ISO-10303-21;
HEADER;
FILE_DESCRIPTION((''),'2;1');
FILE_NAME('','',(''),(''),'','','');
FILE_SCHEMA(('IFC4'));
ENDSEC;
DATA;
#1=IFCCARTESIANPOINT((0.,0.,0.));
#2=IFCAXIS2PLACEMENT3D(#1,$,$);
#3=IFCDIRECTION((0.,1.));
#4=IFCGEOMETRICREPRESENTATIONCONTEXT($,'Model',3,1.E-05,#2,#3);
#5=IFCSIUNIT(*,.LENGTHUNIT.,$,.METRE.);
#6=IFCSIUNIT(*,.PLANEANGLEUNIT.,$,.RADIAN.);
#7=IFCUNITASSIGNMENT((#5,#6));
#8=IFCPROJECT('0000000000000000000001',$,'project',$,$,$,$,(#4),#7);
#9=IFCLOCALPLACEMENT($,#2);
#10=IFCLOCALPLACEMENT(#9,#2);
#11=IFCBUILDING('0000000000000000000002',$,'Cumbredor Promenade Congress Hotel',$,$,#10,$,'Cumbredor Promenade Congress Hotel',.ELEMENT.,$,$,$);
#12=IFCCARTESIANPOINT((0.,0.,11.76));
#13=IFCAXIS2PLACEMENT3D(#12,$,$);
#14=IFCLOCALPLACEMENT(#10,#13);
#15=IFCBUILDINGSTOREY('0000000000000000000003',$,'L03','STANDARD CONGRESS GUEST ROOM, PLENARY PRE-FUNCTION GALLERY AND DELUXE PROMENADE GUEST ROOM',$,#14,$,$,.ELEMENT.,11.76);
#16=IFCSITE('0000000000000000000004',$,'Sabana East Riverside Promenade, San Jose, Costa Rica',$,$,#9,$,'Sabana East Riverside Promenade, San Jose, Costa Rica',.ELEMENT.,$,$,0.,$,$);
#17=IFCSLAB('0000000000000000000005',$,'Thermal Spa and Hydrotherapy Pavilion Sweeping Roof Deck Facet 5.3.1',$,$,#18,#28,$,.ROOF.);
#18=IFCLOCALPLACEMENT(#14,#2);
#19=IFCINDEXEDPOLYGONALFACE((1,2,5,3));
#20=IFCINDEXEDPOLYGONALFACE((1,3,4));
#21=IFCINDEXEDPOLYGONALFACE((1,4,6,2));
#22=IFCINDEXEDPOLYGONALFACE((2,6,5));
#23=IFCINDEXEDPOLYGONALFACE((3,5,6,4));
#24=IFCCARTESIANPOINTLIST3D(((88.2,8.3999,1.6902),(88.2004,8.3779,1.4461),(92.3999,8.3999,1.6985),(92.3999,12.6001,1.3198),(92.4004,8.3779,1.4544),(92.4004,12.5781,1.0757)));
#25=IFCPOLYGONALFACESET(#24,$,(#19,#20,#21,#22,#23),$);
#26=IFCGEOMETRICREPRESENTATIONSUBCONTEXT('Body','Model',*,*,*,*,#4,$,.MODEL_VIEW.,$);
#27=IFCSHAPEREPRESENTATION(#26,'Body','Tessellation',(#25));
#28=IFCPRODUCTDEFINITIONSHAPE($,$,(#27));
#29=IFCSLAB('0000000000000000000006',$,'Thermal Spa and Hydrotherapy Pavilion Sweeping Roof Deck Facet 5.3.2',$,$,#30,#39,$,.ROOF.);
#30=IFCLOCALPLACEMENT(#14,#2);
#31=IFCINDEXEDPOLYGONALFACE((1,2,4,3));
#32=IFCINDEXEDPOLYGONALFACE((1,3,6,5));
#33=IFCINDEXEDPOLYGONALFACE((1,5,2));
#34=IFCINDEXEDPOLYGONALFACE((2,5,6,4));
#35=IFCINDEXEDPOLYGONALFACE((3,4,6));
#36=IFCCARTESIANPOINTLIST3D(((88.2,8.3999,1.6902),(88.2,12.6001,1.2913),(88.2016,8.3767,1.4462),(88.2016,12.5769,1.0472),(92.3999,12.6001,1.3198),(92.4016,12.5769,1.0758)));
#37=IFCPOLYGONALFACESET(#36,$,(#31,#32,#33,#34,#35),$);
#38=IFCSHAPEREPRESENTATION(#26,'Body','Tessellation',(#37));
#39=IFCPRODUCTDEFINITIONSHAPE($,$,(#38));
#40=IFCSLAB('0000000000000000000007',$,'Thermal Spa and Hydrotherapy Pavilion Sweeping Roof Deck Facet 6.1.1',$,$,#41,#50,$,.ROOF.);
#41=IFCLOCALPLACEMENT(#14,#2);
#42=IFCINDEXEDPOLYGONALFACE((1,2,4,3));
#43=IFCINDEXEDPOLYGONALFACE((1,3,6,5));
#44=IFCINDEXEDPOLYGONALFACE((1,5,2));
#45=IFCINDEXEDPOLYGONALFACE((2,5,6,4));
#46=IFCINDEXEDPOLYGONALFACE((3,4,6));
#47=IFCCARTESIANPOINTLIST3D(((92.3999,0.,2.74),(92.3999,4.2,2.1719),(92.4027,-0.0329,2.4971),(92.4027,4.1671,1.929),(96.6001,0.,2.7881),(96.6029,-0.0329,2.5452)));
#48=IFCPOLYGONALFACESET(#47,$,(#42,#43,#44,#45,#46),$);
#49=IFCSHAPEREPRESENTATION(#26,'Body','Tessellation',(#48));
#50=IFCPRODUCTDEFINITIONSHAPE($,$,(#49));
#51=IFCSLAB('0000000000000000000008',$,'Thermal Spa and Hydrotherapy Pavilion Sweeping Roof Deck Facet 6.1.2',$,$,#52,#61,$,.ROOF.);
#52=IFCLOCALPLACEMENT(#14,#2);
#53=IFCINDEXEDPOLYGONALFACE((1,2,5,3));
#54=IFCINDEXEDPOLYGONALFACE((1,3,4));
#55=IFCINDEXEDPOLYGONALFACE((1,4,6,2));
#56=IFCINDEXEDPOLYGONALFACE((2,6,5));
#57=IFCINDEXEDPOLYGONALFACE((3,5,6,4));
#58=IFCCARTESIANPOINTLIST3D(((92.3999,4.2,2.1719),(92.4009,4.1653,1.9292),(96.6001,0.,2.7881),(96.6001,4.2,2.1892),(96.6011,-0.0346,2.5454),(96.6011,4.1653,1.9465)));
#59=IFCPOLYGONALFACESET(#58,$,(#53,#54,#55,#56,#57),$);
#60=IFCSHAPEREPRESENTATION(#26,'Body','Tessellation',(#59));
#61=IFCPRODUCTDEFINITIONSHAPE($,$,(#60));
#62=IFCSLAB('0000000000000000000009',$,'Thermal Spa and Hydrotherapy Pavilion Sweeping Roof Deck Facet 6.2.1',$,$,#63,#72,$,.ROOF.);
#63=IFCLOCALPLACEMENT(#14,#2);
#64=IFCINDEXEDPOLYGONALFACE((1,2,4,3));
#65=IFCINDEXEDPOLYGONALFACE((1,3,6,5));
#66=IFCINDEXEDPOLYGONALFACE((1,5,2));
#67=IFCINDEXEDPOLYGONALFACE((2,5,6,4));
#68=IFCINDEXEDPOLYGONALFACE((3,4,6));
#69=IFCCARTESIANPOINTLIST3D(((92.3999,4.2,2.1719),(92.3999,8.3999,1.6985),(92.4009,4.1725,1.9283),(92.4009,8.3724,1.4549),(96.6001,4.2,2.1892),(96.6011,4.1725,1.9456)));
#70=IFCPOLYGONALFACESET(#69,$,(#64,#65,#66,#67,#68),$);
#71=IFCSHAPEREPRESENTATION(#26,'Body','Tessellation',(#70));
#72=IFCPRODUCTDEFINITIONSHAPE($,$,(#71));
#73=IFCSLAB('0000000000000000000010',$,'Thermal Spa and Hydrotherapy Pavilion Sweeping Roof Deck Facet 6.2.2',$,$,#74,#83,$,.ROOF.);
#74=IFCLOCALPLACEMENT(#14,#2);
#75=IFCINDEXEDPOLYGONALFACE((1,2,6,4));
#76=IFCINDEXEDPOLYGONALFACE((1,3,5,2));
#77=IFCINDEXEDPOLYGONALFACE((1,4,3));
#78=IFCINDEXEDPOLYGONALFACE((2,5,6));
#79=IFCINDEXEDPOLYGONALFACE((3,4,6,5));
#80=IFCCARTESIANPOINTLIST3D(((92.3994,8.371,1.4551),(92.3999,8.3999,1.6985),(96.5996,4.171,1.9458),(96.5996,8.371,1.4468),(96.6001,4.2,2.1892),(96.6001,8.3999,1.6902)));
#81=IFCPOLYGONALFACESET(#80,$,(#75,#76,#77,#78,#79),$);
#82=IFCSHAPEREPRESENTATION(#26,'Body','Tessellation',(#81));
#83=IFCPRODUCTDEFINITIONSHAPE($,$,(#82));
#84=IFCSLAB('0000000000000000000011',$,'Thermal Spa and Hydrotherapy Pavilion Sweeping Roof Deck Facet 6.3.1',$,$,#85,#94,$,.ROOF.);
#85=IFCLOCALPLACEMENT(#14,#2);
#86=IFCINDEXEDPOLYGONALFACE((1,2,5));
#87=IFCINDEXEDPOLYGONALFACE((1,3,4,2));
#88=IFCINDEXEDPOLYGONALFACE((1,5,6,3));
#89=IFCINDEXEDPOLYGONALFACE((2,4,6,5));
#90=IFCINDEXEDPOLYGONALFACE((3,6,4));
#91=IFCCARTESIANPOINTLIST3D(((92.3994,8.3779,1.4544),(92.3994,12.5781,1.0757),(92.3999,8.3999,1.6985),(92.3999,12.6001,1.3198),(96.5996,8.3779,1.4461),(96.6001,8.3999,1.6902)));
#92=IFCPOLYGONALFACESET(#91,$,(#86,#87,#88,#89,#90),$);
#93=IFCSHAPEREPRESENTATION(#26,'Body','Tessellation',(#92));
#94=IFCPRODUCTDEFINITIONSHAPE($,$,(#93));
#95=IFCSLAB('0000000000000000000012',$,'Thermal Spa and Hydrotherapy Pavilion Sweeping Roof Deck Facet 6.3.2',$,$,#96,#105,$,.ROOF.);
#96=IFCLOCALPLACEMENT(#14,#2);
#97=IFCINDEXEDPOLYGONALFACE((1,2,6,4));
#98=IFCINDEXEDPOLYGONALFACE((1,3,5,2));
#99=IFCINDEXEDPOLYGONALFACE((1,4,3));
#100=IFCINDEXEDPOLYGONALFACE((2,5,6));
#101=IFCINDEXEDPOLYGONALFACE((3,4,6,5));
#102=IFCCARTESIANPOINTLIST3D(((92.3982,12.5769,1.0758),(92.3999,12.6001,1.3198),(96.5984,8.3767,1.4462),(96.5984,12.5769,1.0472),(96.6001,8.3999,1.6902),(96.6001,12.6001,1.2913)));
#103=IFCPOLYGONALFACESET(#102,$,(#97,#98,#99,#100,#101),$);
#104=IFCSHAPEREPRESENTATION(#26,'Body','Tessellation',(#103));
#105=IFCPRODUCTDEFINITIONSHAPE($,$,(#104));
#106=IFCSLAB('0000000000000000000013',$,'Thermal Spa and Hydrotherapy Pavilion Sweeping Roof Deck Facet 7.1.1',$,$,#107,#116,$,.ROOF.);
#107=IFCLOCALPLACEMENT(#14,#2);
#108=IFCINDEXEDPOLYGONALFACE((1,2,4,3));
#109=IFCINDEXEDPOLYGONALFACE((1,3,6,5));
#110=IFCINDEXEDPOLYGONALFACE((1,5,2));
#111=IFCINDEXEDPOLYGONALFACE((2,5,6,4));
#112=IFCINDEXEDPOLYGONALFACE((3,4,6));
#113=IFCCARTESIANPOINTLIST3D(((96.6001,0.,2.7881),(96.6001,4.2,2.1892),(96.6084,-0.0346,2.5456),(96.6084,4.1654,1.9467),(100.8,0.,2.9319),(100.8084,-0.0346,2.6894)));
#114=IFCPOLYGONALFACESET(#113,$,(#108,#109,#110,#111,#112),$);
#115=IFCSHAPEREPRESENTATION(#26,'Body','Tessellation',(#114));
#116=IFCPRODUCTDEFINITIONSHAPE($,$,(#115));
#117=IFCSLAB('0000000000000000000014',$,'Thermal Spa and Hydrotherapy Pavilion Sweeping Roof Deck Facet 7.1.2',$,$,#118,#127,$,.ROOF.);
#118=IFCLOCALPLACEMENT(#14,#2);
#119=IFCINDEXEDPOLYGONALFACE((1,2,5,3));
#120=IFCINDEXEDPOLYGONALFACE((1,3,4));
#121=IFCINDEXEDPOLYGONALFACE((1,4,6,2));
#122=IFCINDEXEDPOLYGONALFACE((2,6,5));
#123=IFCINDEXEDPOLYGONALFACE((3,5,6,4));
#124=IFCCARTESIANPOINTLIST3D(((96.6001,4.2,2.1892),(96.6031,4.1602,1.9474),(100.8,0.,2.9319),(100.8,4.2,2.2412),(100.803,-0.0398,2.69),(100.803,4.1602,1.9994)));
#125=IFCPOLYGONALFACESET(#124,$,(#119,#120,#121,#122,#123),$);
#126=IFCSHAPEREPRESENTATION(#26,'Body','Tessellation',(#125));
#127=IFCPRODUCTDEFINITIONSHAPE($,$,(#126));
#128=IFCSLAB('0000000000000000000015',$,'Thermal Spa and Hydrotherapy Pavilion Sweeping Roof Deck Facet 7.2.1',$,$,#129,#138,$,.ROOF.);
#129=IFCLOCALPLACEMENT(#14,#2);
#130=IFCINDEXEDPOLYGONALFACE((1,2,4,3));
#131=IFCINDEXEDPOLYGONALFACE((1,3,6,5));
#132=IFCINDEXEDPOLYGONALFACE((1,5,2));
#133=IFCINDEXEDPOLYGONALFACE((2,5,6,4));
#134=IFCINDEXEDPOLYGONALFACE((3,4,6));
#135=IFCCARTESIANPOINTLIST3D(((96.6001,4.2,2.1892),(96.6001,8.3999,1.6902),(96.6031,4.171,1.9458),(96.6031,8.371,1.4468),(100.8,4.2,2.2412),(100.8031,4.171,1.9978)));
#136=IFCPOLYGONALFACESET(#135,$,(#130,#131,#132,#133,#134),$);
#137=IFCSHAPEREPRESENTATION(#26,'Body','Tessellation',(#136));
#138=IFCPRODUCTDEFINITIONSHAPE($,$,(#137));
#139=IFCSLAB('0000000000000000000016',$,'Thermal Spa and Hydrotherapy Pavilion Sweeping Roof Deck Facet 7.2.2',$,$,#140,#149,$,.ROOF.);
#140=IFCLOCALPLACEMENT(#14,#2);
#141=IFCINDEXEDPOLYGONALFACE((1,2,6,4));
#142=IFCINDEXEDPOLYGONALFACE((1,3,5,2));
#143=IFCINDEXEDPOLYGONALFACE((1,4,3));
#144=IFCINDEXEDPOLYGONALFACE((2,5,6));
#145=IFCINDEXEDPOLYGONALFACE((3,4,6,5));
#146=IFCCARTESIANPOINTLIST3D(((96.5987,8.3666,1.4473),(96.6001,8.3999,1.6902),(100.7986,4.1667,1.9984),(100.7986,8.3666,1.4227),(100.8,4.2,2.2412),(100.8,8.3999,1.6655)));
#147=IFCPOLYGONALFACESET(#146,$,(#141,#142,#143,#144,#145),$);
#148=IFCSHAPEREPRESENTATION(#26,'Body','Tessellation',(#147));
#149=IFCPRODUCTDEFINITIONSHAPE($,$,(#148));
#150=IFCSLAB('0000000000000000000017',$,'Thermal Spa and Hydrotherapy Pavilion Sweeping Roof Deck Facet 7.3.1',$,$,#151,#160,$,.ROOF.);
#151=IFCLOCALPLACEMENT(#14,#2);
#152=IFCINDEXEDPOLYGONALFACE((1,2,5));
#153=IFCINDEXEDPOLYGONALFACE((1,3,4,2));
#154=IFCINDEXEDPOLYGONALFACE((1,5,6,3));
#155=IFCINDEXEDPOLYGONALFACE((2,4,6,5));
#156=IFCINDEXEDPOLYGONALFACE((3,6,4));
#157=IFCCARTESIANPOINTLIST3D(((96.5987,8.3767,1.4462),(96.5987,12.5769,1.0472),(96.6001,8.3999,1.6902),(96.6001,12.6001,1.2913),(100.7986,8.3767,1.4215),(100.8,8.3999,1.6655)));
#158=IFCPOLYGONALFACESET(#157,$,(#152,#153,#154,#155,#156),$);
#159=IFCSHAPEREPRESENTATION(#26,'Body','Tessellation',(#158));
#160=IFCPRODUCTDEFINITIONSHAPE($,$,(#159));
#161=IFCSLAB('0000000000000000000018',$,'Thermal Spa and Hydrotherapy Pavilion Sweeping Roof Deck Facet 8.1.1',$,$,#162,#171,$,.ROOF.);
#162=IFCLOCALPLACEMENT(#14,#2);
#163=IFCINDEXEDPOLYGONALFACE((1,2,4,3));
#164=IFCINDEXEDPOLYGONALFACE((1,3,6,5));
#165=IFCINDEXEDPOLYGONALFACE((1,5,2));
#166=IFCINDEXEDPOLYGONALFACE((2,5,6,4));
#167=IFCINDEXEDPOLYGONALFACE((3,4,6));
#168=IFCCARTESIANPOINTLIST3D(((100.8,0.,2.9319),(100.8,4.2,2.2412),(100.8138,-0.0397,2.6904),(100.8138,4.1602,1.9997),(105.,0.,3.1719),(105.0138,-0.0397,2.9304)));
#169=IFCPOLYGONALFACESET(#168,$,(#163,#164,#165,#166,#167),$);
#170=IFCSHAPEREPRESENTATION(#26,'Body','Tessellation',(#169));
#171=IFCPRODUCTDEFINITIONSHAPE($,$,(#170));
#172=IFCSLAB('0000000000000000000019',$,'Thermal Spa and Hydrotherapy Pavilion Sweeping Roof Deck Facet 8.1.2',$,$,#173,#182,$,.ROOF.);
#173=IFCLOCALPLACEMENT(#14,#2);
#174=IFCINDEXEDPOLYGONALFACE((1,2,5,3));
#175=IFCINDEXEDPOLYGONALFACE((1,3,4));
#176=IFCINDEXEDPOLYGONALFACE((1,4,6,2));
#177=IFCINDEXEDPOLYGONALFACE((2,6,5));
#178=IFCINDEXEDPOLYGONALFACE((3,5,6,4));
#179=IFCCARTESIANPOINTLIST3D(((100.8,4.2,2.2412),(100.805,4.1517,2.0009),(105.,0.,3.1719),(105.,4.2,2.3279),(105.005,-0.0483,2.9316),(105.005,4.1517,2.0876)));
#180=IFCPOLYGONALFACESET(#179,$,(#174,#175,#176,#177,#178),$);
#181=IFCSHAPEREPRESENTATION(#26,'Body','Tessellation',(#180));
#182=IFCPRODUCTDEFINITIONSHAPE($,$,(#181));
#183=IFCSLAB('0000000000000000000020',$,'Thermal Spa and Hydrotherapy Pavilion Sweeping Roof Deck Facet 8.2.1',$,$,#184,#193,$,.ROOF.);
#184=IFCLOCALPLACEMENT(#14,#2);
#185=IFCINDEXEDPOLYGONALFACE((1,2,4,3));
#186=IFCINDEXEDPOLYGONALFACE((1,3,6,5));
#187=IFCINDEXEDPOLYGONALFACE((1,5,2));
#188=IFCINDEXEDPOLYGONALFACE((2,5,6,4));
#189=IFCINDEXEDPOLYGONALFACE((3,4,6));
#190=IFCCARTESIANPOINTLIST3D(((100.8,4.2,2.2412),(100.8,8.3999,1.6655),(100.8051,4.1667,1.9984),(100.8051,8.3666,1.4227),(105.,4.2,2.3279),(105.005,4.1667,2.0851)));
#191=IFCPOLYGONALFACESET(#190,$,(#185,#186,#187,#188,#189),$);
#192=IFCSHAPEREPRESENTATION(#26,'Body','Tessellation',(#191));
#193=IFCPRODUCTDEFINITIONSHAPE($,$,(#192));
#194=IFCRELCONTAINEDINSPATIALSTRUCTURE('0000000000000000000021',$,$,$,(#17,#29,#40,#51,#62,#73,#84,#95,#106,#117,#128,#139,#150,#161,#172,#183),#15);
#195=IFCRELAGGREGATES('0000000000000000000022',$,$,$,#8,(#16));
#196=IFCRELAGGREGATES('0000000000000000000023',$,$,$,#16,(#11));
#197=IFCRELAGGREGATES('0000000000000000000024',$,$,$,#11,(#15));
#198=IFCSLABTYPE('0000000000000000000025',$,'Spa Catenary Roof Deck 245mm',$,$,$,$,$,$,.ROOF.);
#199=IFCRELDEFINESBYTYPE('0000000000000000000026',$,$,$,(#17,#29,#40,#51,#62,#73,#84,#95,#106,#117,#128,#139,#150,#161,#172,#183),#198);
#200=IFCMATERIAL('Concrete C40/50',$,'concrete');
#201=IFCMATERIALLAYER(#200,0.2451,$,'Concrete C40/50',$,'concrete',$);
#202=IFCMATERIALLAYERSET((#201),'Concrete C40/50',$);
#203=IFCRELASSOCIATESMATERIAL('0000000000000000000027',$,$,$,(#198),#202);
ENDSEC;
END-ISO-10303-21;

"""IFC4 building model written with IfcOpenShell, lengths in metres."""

from ifc_helpers import new_model, si_unit, direction, frame, origin, place, context, subcontext, project, spatial, polyline, outline, extrude, material, layer, layer_set, type_object, element, save


model = new_model("IFC4")

# Units and contexts
model_context = context("Model", 3, precision=1e-05, world=origin(), true_north=direction((0.0, 1.0)))
body_context = subcontext(model_context, "Body", "Model", "MODEL_VIEW")
ifc_project = project(units=[si_unit("LENGTHUNIT", "METRE"), si_unit("PLANEANGLEUNIT", "RADIAN")], contexts=[model_context])

# Site, building, storey
site_placement = place(None, origin())
site = spatial("IfcSite", under=ifc_project, at=site_placement, Name="Sabana East Riverside Promenade, San Jose, Costa Rica", LongName="Sabana East Riverside Promenade, San Jose, Costa Rica", CompositionType="ELEMENT", RefElevation=0.0)
building_placement = place(site_placement, origin())
building = spatial("IfcBuilding", under=site, at=building_placement, Name="Cumbredor Promenade Congress Hotel", LongName="Cumbredor Promenade Congress Hotel", CompositionType="ELEMENT")
storey_placement = place(building_placement, frame((0.0, 0.0, 11.76)))
storey = spatial("IfcBuildingStorey", under=building, at=storey_placement, Name="L03", Description="STANDARD CONGRESS GUEST ROOM, PLENARY PRE-FUNCTION GALLERY AND DELUXE PROMENADE GUEST ROOM", CompositionType="ELEMENT", Elevation=11.76)

# Slabs
ifc_material_1 = material(Name="Concrete C40/50", Category="concrete")
ifc_layer_1 = layer(ifc_material_1, 0.2451, Name="Concrete C40/50", Category="concrete")
ifc_layer_set_1 = layer_set([ifc_layer_1], Name="Concrete C40/50")
slab_type = type_object("IfcSlabType", Name="Spa Catenary Roof Deck 245mm", PredefinedType="ROOF", material=ifc_layer_set_1)
slab_1_placement = place(storey_placement, frame((88.2, 8.3999, 1.6902), z_axis=(-0.001968, 0.089789, 0.995959), x_axis=(0.999998, 0.0, 0.001976)))
element("IfcSlab", 1, at=slab_1_placement, inside=storey, type_object=slab_type, Name="Thermal Spa and Hydrotherapy Pavilion Sweeping Roof Deck Facet 5.3.1", PredefinedType="ROOF", context=body_context, shape_type="SweptSolid", body=[
    extrude(outline(polyline([(0.0, 0.0), (4.2, 0.0), (4.1992, 4.2172), (0.0, 0.0)])), origin(), (0.0, 0.0, -1.0), 0.2451),
])
slab_2_placement = place(storey_placement, frame((88.2, 8.3999, 1.6902), z_axis=(-0.006771, 0.09455, 0.995497), x_axis=(0.705716, 0.705757, -0.062232)))
element("IfcSlab", 2, at=slab_2_placement, inside=storey, type_object=slab_type, Name="Thermal Spa and Hydrotherapy Pavilion Sweeping Roof Deck Facet 5.3.2", PredefinedType="ROOF", context=body_context, shape_type="SweptSolid", body=[
    extrude(outline(polyline([(0.0, 0.0), (5.9513, 0.0), (2.9891, 2.9776), (0.0, 0.0)])), origin(), (0.0, 0.0, -1.0), 0.2451),
])
slab_3_placement = place(storey_placement, frame((92.3999, 0.0, 2.74), z_axis=(-0.011347, 0.134038, 0.990911), x_axis=(0.999934, 0.0, 0.01145)))
element("IfcSlab", 3, at=slab_3_placement, inside=storey, type_object=slab_type, Name="Thermal Spa and Hydrotherapy Pavilion Sweeping Roof Deck Facet 6.1.1", PredefinedType="ROOF", context=body_context, shape_type="SweptSolid", body=[
    extrude(outline(polyline([(0.0, 0.0), (4.2005, 0.0), (-0.0065, 4.2382), (0.0, 0.0)])), origin(), (0.0, 0.0, -1.0), 0.2451),
])
slab_4_placement = place(storey_placement, frame((96.6001, 0.0, 2.7881), z_axis=(-0.004086, 0.141162, 0.989978), x_axis=(0.0, 0.989986, -0.141164)))
element("IfcSlab", 4, at=slab_4_placement, inside=storey, type_object=slab_type, Name="Thermal Spa and Hydrotherapy Pavilion Sweeping Roof Deck Facet 6.1.2", PredefinedType="ROOF", context=body_context, shape_type="SweptSolid", body=[
    extrude(outline(polyline([(0.0, 0.0), (4.2424, 0.0), (4.2449, 4.2002), (0.0, 0.0)])), origin(), (0.0, 0.0, -1.0), 0.2451),
])
slab_5_placement = place(storey_placement, frame((92.3999, 4.2, 2.1719), z_axis=(-0.004101, 0.112003, 0.993699), x_axis=(0.999991, 0.0, 0.004127)))
element("IfcSlab", 5, at=slab_5_placement, inside=storey, type_object=slab_type, Name="Thermal Spa and Hydrotherapy Pavilion Sweeping Roof Deck Facet 6.2.1", PredefinedType="ROOF", context=body_context, shape_type="SweptSolid", body=[
    extrude(outline(polyline([(0.0, 0.0), (4.2002, 0.0), (-0.002, 4.2265), (0.0, 0.0)])), origin(), (0.0, 0.0, -1.0), 0.2451),
])
slab_6_placement = place(storey_placement, frame((96.6001, 4.2, 2.1892), z_axis=(0.001962, 0.117986, 0.993013), x_axis=(0.0, 0.993015, -0.117987)))
element("IfcSlab", 6, at=slab_6_placement, inside=storey, type_object=slab_type, Name="Thermal Spa and Hydrotherapy Pavilion Sweeping Roof Deck Facet 6.2.2", PredefinedType="ROOF", context=body_context, shape_type="SweptSolid", body=[
    extrude(outline(polyline([(0.0, 0.0), (4.2295, 0.0), (4.2285, 4.2002), (0.0, 0.0)])), origin(), (0.0, 0.0, -1.0), 0.2451),
])
slab_7_placement = place(storey_placement, frame((92.3999, 8.3999, 1.6985), z_axis=(0.001968, 0.089789, 0.995959), x_axis=(0.999998, 0.0, -0.001976)))
element("IfcSlab", 7, at=slab_7_placement, inside=storey, type_object=slab_type, Name="Thermal Spa and Hydrotherapy Pavilion Sweeping Roof Deck Facet 6.3.1", PredefinedType="ROOF", context=body_context, shape_type="SweptSolid", body=[
    extrude(outline(polyline([(0.0, 0.0), (4.2002, 0.0), (0.0007, 4.2172), (0.0, 0.0)])), origin(), (0.0, 0.0, -1.0), 0.2451),
])
slab_8_placement = place(storey_placement, frame((96.6001, 8.3999, 1.6902), z_axis=(0.00677, 0.09455, 0.995497), x_axis=(0.0, 0.99552, -0.094552)))
element("IfcSlab", 8, at=slab_8_placement, inside=storey, type_object=slab_type, Name="Thermal Spa and Hydrotherapy Pavilion Sweeping Roof Deck Facet 6.3.2", PredefinedType="ROOF", context=body_context, shape_type="SweptSolid", body=[
    extrude(outline(polyline([(0.0, 0.0), (4.2191, 0.0), (4.2164, 4.2003), (0.0, 0.0)])), origin(), (0.0, 0.0, -1.0), 0.2451),
])
slab_9_placement = place(storey_placement, frame((96.6001, 0.0, 2.7881), z_axis=(-0.033876, 0.141083, 0.989418), x_axis=(0.999414, 0.0, 0.034218)))
element("IfcSlab", 9, at=slab_9_placement, inside=storey, type_object=slab_type, Name="Thermal Spa and Hydrotherapy Pavilion Sweeping Roof Deck Facet 7.1.1", PredefinedType="ROOF", context=body_context, shape_type="SweptSolid", body=[
    extrude(outline(polyline([(0.0, 0.0), (4.2024, 0.0), (-0.0205, 4.2424), (0.0, 0.0)])), origin(), (0.0, 0.0, -1.0), 0.2451),
])
slab_10_placement = place(storey_placement, frame((100.8, 0.0, 2.9319), z_axis=(-0.012217, 0.162256, 0.986673), x_axis=(0.0, 0.986747, -0.162269)))
element("IfcSlab", 10, at=slab_10_placement, inside=storey, type_object=slab_type, Name="Thermal Spa and Hydrotherapy Pavilion Sweeping Roof Deck Facet 7.1.2", PredefinedType="ROOF", context=body_context, shape_type="SweptSolid", body=[
    extrude(outline(polyline([(0.0, 0.0), (4.2564, 0.0), (4.2648, 4.2003), (0.0, 0.0)])), origin(), (0.0, 0.0, -1.0), 0.2451),
])
slab_11_placement = place(storey_placement, frame((96.6001, 4.2, 2.1892), z_axis=(-0.012294, 0.117978, 0.99294), x_axis=(0.999923, 0.0, 0.012381)))
element("IfcSlab", 11, at=slab_11_placement, inside=storey, type_object=slab_type, Name="Thermal Spa and Hydrotherapy Pavilion Sweeping Roof Deck Facet 7.2.1", PredefinedType="ROOF", context=body_context, shape_type="SweptSolid", body=[
    extrude(outline(polyline([(0.0, 0.0), (4.2003, 0.0), (-0.0062, 4.2295), (0.0, 0.0)])), origin(), (0.0, 0.0, -1.0), 0.2451),
])
slab_12_placement = place(storey_placement, frame((100.8, 4.2, 2.2412), z_axis=(0.005817, 0.135797, 0.99072), x_axis=(0.0, 0.990736, -0.135799)))
element("IfcSlab", 12, at=slab_12_placement, inside=storey, type_object=slab_type, Name="Thermal Spa and Hydrotherapy Pavilion Sweeping Roof Deck Facet 7.2.2", PredefinedType="ROOF", context=body_context, shape_type="SweptSolid", body=[
    extrude(outline(polyline([(0.0, 0.0), (4.2392, 0.0), (4.2359, 4.2), (0.0, 0.0)])), origin(), (0.0, 0.0, -1.0), 0.2451),
])
slab_13_placement = place(storey_placement, frame((96.6001, 8.3999, 1.6902), z_axis=(0.005845, 0.094551, 0.995503), x_axis=(0.999983, 0.0, -0.005871)))
element("IfcSlab", 13, at=slab_13_placement, inside=storey, type_object=slab_type, Name="Thermal Spa and Hydrotherapy Pavilion Sweeping Roof Deck Facet 7.3.1", PredefinedType="ROOF", context=body_context, shape_type="SweptSolid", body=[
    extrude(outline(polyline([(0.0, 0.0), (4.2, 0.0), (0.0023, 4.2191), (0.0, 0.0)])), origin(), (0.0, 0.0, -1.0), 0.2451),
])
slab_14_placement = place(storey_placement, frame((100.8, 0.0, 2.9319), z_axis=(-0.056294, 0.162011, 0.985182), x_axis=(0.998371, 0.0, 0.057048)))
element("IfcSlab", 14, at=slab_14_placement, inside=storey, type_object=slab_type, Name="Thermal Spa and Hydrotherapy Pavilion Sweeping Roof Deck Facet 8.1.1", PredefinedType="ROOF", context=body_context, shape_type="SweptSolid", body=[
    extrude(outline(polyline([(0.0, 0.0), (4.2068, 0.0), (-0.0394, 4.2562), (0.0, 0.0)])), origin(), (0.0, 0.0, -1.0), 0.2451),
])
slab_15_placement = place(storey_placement, frame((105.0, 0.0, 3.1719), z_axis=(-0.020227, 0.196974, 0.9802), x_axis=(0.0, 0.980401, -0.197015)))
element("IfcSlab", 15, at=slab_15_placement, inside=storey, type_object=slab_type, Name="Thermal Spa and Hydrotherapy Pavilion Sweeping Roof Deck Facet 8.1.2", PredefinedType="ROOF", context=body_context, shape_type="SweptSolid", body=[
    extrude(outline(polyline([(0.0, 0.0), (4.2839, 0.0), (4.301, 4.2008), (0.0, 0.0)])), origin(), (0.0, 0.0, -1.0), 0.2451),
])
slab_16_placement = place(storey_placement, frame((100.8, 4.2, 2.2412), z_axis=(-0.020441, 0.135771, 0.990529), x_axis=(0.999787, 0.0, 0.020632)))
element("IfcSlab", 16, at=slab_16_placement, inside=storey, type_object=slab_type, Name="Thermal Spa and Hydrotherapy Pavilion Sweeping Roof Deck Facet 8.2.1", PredefinedType="ROOF", context=body_context, shape_type="SweptSolid", body=[
    extrude(outline(polyline([(0.0, 0.0), (4.2008, 0.0), (-0.0119, 4.2392), (0.0, 0.0)])), origin(), (0.0, 0.0, -1.0), 0.2451),
])

save(model, "model.ifc")
